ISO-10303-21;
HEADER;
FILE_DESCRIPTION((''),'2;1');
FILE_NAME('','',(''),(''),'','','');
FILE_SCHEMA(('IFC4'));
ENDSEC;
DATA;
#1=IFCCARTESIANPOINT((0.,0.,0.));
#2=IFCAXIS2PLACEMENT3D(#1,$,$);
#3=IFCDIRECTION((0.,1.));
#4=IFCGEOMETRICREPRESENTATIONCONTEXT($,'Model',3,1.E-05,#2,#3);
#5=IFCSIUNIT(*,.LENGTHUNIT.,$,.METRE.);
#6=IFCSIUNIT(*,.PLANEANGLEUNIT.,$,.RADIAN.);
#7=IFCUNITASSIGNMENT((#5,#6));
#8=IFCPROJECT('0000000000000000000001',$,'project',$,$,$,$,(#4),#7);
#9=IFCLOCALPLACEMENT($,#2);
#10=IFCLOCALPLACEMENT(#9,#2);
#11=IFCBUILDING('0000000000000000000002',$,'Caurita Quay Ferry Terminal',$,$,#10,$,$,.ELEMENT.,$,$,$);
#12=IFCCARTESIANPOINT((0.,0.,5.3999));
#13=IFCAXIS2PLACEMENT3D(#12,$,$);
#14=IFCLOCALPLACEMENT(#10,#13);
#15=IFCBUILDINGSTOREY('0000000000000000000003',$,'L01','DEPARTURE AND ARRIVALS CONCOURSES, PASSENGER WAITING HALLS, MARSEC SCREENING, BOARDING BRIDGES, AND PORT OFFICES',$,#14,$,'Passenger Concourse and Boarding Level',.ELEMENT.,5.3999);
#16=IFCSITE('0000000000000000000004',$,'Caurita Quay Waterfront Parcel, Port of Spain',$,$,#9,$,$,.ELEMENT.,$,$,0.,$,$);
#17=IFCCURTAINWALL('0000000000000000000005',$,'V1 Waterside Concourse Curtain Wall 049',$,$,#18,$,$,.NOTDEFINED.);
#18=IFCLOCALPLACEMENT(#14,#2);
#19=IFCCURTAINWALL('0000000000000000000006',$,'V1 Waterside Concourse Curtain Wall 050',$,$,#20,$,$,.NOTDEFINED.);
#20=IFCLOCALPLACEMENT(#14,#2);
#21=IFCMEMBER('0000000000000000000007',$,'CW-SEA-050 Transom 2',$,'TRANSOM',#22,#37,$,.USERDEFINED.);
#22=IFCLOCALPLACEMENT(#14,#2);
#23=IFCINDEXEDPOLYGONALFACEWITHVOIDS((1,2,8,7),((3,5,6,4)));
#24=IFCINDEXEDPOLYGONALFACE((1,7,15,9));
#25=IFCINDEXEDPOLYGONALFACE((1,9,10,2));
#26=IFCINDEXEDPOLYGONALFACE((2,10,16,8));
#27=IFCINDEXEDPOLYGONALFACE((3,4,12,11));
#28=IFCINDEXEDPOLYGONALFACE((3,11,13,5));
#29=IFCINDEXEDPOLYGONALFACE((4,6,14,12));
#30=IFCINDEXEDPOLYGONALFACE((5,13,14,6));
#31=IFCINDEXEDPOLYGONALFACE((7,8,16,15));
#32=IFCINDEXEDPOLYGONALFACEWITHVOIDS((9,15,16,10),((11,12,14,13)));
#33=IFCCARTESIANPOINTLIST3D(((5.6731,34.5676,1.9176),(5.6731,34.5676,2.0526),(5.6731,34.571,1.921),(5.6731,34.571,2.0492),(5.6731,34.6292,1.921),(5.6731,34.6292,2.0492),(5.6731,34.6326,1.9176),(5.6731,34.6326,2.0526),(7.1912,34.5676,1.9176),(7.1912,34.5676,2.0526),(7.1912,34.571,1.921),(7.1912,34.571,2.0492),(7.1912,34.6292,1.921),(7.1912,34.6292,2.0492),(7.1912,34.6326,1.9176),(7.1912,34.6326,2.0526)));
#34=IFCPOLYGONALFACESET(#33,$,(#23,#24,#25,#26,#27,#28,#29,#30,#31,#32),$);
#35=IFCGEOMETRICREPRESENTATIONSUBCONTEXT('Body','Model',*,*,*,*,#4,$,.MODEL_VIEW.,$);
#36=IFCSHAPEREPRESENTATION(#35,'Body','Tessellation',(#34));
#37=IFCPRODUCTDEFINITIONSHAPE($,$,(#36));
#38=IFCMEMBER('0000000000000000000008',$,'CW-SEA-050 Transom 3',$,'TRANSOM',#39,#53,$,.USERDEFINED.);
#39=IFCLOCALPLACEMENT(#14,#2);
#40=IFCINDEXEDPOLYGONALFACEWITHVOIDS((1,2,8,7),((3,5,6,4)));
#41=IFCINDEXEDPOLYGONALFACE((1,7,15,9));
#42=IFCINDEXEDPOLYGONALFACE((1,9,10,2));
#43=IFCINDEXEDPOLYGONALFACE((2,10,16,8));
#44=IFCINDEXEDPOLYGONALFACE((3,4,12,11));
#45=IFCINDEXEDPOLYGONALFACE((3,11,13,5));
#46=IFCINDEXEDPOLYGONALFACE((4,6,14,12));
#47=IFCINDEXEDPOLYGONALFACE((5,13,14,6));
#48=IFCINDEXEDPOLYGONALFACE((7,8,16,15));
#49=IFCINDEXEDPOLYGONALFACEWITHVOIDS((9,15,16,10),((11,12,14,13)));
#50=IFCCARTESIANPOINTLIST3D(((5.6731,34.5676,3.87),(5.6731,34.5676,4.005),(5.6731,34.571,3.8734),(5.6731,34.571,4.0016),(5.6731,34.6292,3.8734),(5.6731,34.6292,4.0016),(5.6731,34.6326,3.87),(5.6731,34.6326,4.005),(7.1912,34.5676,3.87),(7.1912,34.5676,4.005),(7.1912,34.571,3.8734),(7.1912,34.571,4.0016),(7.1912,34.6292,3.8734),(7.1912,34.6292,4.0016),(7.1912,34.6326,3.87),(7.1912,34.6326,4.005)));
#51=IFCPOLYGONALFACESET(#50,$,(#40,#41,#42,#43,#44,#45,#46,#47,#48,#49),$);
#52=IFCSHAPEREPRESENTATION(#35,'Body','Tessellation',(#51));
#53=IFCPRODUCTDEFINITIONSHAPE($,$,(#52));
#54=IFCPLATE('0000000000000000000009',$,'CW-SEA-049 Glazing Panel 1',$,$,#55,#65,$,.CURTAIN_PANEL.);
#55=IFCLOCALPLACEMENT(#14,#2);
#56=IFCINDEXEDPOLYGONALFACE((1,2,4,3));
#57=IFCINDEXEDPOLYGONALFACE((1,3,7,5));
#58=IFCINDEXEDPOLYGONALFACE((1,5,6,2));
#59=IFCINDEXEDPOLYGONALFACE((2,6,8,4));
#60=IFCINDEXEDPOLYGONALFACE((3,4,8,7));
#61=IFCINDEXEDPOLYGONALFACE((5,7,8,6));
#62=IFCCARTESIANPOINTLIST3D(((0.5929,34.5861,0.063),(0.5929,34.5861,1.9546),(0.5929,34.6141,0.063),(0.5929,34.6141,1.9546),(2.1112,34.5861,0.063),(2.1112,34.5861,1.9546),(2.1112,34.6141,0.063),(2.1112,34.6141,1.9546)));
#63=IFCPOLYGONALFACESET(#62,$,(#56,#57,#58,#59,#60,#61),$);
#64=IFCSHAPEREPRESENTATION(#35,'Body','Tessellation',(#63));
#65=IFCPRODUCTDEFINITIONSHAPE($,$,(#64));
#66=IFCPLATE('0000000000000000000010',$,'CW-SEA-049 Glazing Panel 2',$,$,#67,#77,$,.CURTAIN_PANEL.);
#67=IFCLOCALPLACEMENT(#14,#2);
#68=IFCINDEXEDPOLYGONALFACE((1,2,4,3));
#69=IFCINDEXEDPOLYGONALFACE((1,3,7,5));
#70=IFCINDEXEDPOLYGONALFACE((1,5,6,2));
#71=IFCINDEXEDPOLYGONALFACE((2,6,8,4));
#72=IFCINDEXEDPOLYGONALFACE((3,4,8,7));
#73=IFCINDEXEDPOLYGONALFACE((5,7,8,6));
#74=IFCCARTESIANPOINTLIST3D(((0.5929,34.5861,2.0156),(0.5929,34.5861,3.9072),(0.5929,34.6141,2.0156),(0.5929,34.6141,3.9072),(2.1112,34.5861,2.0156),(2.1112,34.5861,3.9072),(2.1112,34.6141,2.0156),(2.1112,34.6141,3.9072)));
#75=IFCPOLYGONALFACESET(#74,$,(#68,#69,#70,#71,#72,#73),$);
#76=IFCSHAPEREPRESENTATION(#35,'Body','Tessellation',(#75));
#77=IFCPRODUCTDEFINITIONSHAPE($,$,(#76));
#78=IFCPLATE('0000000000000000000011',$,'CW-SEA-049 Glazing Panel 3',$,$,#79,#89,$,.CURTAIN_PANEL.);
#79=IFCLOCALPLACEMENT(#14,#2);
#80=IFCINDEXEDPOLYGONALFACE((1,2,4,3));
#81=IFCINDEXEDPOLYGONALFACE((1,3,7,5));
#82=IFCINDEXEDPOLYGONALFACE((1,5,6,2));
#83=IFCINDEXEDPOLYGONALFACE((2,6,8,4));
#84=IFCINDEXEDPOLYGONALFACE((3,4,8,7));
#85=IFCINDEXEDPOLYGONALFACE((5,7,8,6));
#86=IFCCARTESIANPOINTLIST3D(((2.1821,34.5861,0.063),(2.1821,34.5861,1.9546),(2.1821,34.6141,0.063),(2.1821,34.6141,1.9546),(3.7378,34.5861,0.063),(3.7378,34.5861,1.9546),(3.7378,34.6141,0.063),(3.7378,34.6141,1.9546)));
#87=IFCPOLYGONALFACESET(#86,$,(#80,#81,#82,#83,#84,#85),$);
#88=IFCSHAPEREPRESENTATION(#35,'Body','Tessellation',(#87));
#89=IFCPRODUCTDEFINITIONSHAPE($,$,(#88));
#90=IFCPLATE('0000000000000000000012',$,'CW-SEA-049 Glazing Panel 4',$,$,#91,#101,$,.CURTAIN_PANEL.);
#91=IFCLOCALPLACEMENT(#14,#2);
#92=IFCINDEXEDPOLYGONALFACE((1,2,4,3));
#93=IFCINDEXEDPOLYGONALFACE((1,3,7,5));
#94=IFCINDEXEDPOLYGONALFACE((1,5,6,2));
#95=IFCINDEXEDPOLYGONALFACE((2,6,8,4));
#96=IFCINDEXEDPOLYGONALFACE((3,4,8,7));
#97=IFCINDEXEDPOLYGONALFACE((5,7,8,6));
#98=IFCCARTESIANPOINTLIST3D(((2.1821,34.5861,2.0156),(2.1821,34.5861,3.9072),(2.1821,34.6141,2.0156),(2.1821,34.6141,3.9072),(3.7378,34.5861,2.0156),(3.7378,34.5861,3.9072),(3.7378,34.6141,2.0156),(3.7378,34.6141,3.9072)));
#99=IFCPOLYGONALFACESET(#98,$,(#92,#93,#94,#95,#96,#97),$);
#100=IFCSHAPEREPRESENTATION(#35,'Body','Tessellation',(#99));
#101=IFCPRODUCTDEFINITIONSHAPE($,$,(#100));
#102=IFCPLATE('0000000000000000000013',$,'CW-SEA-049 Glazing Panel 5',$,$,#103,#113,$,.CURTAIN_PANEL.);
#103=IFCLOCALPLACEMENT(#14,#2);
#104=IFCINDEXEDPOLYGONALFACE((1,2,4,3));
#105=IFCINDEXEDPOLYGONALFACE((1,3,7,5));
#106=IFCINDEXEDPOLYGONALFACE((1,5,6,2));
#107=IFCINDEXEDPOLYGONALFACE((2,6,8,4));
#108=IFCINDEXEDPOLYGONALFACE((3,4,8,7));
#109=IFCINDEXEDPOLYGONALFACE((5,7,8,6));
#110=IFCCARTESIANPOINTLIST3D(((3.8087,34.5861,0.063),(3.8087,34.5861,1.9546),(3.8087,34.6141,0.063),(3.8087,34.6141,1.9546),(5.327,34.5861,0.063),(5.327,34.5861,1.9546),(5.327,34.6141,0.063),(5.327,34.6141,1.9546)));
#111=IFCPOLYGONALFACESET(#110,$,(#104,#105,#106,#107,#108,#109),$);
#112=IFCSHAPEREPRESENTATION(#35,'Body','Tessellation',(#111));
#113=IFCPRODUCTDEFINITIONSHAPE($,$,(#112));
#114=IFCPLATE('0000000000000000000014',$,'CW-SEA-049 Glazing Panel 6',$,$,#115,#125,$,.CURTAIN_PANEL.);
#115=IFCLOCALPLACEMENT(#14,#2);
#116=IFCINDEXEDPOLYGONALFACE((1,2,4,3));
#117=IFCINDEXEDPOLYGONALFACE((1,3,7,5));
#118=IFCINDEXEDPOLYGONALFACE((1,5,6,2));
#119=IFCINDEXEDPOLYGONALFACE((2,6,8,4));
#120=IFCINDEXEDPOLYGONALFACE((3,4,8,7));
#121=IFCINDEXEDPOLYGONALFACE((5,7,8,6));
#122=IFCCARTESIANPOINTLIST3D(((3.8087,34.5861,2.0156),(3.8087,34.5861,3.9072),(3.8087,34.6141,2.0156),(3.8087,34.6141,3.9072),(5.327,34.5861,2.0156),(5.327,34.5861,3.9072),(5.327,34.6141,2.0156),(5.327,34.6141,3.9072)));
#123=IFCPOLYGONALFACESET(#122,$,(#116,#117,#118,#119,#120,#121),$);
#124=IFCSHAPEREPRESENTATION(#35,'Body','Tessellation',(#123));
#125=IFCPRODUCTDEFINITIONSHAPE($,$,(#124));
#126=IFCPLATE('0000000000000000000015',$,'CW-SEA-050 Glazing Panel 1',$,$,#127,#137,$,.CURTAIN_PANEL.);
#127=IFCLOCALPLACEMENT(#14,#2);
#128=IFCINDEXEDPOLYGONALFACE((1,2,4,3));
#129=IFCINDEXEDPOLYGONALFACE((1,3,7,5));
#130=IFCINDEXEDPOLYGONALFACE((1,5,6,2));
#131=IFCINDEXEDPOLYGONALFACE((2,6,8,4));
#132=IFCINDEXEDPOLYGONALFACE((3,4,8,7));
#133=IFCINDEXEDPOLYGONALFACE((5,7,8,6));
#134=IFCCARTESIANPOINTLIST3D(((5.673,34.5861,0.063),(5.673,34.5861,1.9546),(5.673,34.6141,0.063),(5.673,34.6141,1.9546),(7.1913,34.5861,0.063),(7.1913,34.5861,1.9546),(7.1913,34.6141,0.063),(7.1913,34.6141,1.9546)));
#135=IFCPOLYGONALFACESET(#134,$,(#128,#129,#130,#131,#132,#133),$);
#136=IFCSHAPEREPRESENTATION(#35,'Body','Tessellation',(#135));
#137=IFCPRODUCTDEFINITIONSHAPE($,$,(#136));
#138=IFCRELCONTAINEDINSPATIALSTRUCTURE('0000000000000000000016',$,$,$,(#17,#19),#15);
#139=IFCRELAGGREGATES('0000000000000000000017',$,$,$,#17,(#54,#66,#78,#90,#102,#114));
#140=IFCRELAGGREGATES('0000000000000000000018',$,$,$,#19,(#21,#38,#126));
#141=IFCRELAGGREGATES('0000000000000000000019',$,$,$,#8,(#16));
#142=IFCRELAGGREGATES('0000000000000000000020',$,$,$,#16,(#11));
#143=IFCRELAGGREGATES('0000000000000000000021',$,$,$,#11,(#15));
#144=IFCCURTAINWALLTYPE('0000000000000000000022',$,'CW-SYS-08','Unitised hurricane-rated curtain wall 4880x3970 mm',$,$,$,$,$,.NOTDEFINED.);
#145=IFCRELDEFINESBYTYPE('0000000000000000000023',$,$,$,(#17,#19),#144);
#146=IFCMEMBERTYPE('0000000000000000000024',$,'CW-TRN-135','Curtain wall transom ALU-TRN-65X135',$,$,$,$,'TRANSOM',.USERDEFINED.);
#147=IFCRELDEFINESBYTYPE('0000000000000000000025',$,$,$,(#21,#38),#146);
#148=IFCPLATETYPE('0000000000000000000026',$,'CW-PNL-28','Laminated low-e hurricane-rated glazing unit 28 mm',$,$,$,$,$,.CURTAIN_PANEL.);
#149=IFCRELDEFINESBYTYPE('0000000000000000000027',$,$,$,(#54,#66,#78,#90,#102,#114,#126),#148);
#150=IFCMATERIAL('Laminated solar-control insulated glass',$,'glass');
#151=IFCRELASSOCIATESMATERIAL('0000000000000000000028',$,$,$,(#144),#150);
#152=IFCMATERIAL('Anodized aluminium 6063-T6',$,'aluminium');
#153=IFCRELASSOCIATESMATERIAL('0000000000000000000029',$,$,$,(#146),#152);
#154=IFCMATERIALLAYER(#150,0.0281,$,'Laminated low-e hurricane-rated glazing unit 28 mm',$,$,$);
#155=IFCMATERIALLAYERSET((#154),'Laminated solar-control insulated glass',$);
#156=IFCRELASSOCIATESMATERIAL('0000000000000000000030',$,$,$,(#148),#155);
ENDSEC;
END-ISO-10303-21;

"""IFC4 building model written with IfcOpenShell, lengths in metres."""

from ifc_helpers import new_model, si_unit, direction, frame, origin, origin_2d, place, context, subcontext, project, spatial, rectangle, hollow_rectangle, extrude, material, layer, layer_set, material_profile, profile_set, type_object, element, aggregate, save


model = new_model("IFC4")

# Units and contexts
model_context = context("Model", 3, precision=1e-05, world=origin(), true_north=direction((0.0, 1.0)))
body_context = subcontext(model_context, "Body", "Model", "MODEL_VIEW")
ifc_project = project(units=[si_unit("LENGTHUNIT", "METRE"), si_unit("PLANEANGLEUNIT", "RADIAN")], contexts=[model_context])

# Site, building, storey
site_placement = place(None, origin())
site = spatial("IfcSite", under=ifc_project, at=site_placement, Name="Caurita Quay Waterfront Parcel, Port of Spain", CompositionType="ELEMENT", RefElevation=0.0)
building_placement = place(site_placement, origin())
building = spatial("IfcBuilding", under=site, at=building_placement, Name="Caurita Quay Ferry Terminal", CompositionType="ELEMENT")
storey_placement = place(building_placement, frame((0.0, 0.0, 5.3999)))
storey = spatial("IfcBuildingStorey", under=building, at=storey_placement, Name="L01", Description="DEPARTURE AND ARRIVALS CONCOURSES, PASSENGER WAITING HALLS, MARSEC SCREENING, BOARDING BRIDGES, AND PORT OFFICES", LongName="Passenger Concourse and Boarding Level", CompositionType="ELEMENT", Elevation=5.3999)

# Curtain wall
ifc_material_1 = material(Name="Laminated solar-control insulated glass", Category="glass")
curtain_wall_type = type_object("IfcCurtainWallType", Name="CW-SYS-08", Description="Unitised hurricane-rated curtain wall 4880x3970 mm", PredefinedType="NOTDEFINED", material=ifc_material_1)
curtain_wall_1_placement = place(storey_placement, origin())
curtain_wall_1 = element("IfcCurtainWall", 1, at=curtain_wall_1_placement, inside=storey, type_object=curtain_wall_type, Name="V1 Waterside Concourse Curtain Wall 049", PredefinedType="NOTDEFINED")
ifc_material_2 = material(Name="Anodized aluminium 6063-T6", Category="aluminium")

# Curtain wall
curtain_wall_2_placement = place(storey_placement, origin())
curtain_wall_2 = element("IfcCurtainWall", 2, at=curtain_wall_2_placement, inside=storey, type_object=curtain_wall_type, Name="V1 Waterside Concourse Curtain Wall 050", PredefinedType="NOTDEFINED")

# Members
ifc_material_profile_1 = material_profile(ifc_material_2, hollow_rectangle(XDim=0.0649, YDim=0.135, WallThickness=0.0034, at=origin_2d()), Name="ALU-TRN-65X135")
ifc_profile_set_1 = profile_set([ifc_material_profile_1], Name="Anodized aluminium 6063-T6")
member_type_1 = type_object("IfcMemberType", Name="CW-TRN-135", Description="Curtain wall transom ALU-TRN-65X135", ElementType="TRANSOM", PredefinedType="USERDEFINED", material=ifc_profile_set_1)
member_1_placement = place(storey_placement, frame((5.6731, 34.6001, 1.9851), z_axis=(1.0, 0.0, 0.0), x_axis=(0.0, 1.0, 0.0)))
member_1 = element("IfcMember", 3, at=member_1_placement, type_object=member_type_1, Name="CW-SEA-050 Transom 2", ObjectType="TRANSOM", PredefinedType="USERDEFINED", context=body_context, shape_type="SweptSolid", body=[
    extrude(hollow_rectangle(XDim=0.0649, YDim=0.135, WallThickness=0.0034, at=origin_2d()), origin(), (0.0, 0.0, 1.0), 1.5181),
])
member_2_placement = place(storey_placement, frame((5.6731, 34.6001, 3.9375), z_axis=(1.0, 0.0, 0.0), x_axis=(0.0, 1.0, 0.0)))
member_2 = element("IfcMember", 4, at=member_2_placement, type_object=member_type_1, Name="CW-SEA-050 Transom 3", ObjectType="TRANSOM", PredefinedType="USERDEFINED", context=body_context, shape_type="SweptSolid", body=[
    extrude(hollow_rectangle(XDim=0.0649, YDim=0.135, WallThickness=0.0034, at=origin_2d()), origin(), (0.0, 0.0, 1.0), 1.5181),
])

# Plates
ifc_layer = layer(ifc_material_1, 0.0281, Name="Laminated low-e hurricane-rated glazing unit 28 mm")
ifc_layer_set = layer_set([ifc_layer], Name="Laminated solar-control insulated glass")
plate_type = type_object("IfcPlateType", Name="CW-PNL-28", Description="Laminated low-e hurricane-rated glazing unit 28 mm", PredefinedType="CURTAIN_PANEL", material=ifc_layer_set)
plate_1_placement = place(storey_placement, frame((1.3521, 34.6001, 0.063), z_axis=(0.0, 0.0, 1.0), x_axis=(1.0, 0.0, 0.0)))
plate_1 = element("IfcPlate", 5, at=plate_1_placement, type_object=plate_type, Name="CW-SEA-049 Glazing Panel 1", PredefinedType="CURTAIN_PANEL", context=body_context, shape_type="SweptSolid", body=[
    extrude(rectangle(XDim=1.5183, YDim=0.0281, at=origin_2d()), origin(), (0.0, 0.0, 1.0), 1.8916),
])
plate_2_placement = place(storey_placement, frame((1.3521, 34.6001, 2.0156), z_axis=(0.0, 0.0, 1.0), x_axis=(1.0, 0.0, 0.0)))
plate_2 = element("IfcPlate", 6, at=plate_2_placement, type_object=plate_type, Name="CW-SEA-049 Glazing Panel 2", PredefinedType="CURTAIN_PANEL", context=body_context, shape_type="SweptSolid", body=[
    extrude(rectangle(XDim=1.5183, YDim=0.0281, at=origin_2d()), origin(), (0.0, 0.0, 1.0), 1.8916),
])
plate_3_placement = place(storey_placement, frame((2.96, 34.6001, 0.063), z_axis=(0.0, 0.0, 1.0), x_axis=(1.0, 0.0, 0.0)))
plate_3 = element("IfcPlate", 7, at=plate_3_placement, type_object=plate_type, Name="CW-SEA-049 Glazing Panel 3", PredefinedType="CURTAIN_PANEL", context=body_context, shape_type="SweptSolid", body=[
    extrude(rectangle(XDim=1.5557, YDim=0.0281, at=origin_2d()), origin(), (0.0, 0.0, 1.0), 1.8916),
])
plate_4_placement = place(storey_placement, frame((2.96, 34.6001, 2.0156), z_axis=(0.0, 0.0, 1.0), x_axis=(1.0, 0.0, 0.0)))
plate_4 = element("IfcPlate", 8, at=plate_4_placement, type_object=plate_type, Name="CW-SEA-049 Glazing Panel 4", PredefinedType="CURTAIN_PANEL", context=body_context, shape_type="SweptSolid", body=[
    extrude(rectangle(XDim=1.5557, YDim=0.0281, at=origin_2d()), origin(), (0.0, 0.0, 1.0), 1.8916),
])
plate_5_placement = place(storey_placement, frame((4.5679, 34.6001, 0.063), z_axis=(0.0, 0.0, 1.0), x_axis=(1.0, 0.0, 0.0)))
plate_5 = element("IfcPlate", 9, at=plate_5_placement, type_object=plate_type, Name="CW-SEA-049 Glazing Panel 5", PredefinedType="CURTAIN_PANEL", context=body_context, shape_type="SweptSolid", body=[
    extrude(rectangle(XDim=1.5183, YDim=0.0281, at=origin_2d()), origin(), (0.0, 0.0, 1.0), 1.8916),
])
plate_6_placement = place(storey_placement, frame((4.5679, 34.6001, 2.0156), z_axis=(0.0, 0.0, 1.0), x_axis=(1.0, 0.0, 0.0)))
plate_6 = element("IfcPlate", 10, at=plate_6_placement, type_object=plate_type, Name="CW-SEA-049 Glazing Panel 6", PredefinedType="CURTAIN_PANEL", context=body_context, shape_type="SweptSolid", body=[
    extrude(rectangle(XDim=1.5183, YDim=0.0281, at=origin_2d()), origin(), (0.0, 0.0, 1.0), 1.8916),
])
aggregate(curtain_wall_1, [plate_1, plate_2, plate_3, plate_4, plate_5, plate_6])
plate_7_placement = place(storey_placement, frame((6.4321, 34.6001, 0.063), z_axis=(0.0, 0.0, 1.0), x_axis=(1.0, 0.0, 0.0)))
plate_7 = element("IfcPlate", 11, at=plate_7_placement, type_object=plate_type, Name="CW-SEA-050 Glazing Panel 1", PredefinedType="CURTAIN_PANEL", context=body_context, shape_type="SweptSolid", body=[
    extrude(rectangle(XDim=1.5183, YDim=0.0281, at=origin_2d()), origin(), (0.0, 0.0, 1.0), 1.8916),
])
aggregate(curtain_wall_2, [member_1, member_2, plate_7])

save(model, "model.ifc")
